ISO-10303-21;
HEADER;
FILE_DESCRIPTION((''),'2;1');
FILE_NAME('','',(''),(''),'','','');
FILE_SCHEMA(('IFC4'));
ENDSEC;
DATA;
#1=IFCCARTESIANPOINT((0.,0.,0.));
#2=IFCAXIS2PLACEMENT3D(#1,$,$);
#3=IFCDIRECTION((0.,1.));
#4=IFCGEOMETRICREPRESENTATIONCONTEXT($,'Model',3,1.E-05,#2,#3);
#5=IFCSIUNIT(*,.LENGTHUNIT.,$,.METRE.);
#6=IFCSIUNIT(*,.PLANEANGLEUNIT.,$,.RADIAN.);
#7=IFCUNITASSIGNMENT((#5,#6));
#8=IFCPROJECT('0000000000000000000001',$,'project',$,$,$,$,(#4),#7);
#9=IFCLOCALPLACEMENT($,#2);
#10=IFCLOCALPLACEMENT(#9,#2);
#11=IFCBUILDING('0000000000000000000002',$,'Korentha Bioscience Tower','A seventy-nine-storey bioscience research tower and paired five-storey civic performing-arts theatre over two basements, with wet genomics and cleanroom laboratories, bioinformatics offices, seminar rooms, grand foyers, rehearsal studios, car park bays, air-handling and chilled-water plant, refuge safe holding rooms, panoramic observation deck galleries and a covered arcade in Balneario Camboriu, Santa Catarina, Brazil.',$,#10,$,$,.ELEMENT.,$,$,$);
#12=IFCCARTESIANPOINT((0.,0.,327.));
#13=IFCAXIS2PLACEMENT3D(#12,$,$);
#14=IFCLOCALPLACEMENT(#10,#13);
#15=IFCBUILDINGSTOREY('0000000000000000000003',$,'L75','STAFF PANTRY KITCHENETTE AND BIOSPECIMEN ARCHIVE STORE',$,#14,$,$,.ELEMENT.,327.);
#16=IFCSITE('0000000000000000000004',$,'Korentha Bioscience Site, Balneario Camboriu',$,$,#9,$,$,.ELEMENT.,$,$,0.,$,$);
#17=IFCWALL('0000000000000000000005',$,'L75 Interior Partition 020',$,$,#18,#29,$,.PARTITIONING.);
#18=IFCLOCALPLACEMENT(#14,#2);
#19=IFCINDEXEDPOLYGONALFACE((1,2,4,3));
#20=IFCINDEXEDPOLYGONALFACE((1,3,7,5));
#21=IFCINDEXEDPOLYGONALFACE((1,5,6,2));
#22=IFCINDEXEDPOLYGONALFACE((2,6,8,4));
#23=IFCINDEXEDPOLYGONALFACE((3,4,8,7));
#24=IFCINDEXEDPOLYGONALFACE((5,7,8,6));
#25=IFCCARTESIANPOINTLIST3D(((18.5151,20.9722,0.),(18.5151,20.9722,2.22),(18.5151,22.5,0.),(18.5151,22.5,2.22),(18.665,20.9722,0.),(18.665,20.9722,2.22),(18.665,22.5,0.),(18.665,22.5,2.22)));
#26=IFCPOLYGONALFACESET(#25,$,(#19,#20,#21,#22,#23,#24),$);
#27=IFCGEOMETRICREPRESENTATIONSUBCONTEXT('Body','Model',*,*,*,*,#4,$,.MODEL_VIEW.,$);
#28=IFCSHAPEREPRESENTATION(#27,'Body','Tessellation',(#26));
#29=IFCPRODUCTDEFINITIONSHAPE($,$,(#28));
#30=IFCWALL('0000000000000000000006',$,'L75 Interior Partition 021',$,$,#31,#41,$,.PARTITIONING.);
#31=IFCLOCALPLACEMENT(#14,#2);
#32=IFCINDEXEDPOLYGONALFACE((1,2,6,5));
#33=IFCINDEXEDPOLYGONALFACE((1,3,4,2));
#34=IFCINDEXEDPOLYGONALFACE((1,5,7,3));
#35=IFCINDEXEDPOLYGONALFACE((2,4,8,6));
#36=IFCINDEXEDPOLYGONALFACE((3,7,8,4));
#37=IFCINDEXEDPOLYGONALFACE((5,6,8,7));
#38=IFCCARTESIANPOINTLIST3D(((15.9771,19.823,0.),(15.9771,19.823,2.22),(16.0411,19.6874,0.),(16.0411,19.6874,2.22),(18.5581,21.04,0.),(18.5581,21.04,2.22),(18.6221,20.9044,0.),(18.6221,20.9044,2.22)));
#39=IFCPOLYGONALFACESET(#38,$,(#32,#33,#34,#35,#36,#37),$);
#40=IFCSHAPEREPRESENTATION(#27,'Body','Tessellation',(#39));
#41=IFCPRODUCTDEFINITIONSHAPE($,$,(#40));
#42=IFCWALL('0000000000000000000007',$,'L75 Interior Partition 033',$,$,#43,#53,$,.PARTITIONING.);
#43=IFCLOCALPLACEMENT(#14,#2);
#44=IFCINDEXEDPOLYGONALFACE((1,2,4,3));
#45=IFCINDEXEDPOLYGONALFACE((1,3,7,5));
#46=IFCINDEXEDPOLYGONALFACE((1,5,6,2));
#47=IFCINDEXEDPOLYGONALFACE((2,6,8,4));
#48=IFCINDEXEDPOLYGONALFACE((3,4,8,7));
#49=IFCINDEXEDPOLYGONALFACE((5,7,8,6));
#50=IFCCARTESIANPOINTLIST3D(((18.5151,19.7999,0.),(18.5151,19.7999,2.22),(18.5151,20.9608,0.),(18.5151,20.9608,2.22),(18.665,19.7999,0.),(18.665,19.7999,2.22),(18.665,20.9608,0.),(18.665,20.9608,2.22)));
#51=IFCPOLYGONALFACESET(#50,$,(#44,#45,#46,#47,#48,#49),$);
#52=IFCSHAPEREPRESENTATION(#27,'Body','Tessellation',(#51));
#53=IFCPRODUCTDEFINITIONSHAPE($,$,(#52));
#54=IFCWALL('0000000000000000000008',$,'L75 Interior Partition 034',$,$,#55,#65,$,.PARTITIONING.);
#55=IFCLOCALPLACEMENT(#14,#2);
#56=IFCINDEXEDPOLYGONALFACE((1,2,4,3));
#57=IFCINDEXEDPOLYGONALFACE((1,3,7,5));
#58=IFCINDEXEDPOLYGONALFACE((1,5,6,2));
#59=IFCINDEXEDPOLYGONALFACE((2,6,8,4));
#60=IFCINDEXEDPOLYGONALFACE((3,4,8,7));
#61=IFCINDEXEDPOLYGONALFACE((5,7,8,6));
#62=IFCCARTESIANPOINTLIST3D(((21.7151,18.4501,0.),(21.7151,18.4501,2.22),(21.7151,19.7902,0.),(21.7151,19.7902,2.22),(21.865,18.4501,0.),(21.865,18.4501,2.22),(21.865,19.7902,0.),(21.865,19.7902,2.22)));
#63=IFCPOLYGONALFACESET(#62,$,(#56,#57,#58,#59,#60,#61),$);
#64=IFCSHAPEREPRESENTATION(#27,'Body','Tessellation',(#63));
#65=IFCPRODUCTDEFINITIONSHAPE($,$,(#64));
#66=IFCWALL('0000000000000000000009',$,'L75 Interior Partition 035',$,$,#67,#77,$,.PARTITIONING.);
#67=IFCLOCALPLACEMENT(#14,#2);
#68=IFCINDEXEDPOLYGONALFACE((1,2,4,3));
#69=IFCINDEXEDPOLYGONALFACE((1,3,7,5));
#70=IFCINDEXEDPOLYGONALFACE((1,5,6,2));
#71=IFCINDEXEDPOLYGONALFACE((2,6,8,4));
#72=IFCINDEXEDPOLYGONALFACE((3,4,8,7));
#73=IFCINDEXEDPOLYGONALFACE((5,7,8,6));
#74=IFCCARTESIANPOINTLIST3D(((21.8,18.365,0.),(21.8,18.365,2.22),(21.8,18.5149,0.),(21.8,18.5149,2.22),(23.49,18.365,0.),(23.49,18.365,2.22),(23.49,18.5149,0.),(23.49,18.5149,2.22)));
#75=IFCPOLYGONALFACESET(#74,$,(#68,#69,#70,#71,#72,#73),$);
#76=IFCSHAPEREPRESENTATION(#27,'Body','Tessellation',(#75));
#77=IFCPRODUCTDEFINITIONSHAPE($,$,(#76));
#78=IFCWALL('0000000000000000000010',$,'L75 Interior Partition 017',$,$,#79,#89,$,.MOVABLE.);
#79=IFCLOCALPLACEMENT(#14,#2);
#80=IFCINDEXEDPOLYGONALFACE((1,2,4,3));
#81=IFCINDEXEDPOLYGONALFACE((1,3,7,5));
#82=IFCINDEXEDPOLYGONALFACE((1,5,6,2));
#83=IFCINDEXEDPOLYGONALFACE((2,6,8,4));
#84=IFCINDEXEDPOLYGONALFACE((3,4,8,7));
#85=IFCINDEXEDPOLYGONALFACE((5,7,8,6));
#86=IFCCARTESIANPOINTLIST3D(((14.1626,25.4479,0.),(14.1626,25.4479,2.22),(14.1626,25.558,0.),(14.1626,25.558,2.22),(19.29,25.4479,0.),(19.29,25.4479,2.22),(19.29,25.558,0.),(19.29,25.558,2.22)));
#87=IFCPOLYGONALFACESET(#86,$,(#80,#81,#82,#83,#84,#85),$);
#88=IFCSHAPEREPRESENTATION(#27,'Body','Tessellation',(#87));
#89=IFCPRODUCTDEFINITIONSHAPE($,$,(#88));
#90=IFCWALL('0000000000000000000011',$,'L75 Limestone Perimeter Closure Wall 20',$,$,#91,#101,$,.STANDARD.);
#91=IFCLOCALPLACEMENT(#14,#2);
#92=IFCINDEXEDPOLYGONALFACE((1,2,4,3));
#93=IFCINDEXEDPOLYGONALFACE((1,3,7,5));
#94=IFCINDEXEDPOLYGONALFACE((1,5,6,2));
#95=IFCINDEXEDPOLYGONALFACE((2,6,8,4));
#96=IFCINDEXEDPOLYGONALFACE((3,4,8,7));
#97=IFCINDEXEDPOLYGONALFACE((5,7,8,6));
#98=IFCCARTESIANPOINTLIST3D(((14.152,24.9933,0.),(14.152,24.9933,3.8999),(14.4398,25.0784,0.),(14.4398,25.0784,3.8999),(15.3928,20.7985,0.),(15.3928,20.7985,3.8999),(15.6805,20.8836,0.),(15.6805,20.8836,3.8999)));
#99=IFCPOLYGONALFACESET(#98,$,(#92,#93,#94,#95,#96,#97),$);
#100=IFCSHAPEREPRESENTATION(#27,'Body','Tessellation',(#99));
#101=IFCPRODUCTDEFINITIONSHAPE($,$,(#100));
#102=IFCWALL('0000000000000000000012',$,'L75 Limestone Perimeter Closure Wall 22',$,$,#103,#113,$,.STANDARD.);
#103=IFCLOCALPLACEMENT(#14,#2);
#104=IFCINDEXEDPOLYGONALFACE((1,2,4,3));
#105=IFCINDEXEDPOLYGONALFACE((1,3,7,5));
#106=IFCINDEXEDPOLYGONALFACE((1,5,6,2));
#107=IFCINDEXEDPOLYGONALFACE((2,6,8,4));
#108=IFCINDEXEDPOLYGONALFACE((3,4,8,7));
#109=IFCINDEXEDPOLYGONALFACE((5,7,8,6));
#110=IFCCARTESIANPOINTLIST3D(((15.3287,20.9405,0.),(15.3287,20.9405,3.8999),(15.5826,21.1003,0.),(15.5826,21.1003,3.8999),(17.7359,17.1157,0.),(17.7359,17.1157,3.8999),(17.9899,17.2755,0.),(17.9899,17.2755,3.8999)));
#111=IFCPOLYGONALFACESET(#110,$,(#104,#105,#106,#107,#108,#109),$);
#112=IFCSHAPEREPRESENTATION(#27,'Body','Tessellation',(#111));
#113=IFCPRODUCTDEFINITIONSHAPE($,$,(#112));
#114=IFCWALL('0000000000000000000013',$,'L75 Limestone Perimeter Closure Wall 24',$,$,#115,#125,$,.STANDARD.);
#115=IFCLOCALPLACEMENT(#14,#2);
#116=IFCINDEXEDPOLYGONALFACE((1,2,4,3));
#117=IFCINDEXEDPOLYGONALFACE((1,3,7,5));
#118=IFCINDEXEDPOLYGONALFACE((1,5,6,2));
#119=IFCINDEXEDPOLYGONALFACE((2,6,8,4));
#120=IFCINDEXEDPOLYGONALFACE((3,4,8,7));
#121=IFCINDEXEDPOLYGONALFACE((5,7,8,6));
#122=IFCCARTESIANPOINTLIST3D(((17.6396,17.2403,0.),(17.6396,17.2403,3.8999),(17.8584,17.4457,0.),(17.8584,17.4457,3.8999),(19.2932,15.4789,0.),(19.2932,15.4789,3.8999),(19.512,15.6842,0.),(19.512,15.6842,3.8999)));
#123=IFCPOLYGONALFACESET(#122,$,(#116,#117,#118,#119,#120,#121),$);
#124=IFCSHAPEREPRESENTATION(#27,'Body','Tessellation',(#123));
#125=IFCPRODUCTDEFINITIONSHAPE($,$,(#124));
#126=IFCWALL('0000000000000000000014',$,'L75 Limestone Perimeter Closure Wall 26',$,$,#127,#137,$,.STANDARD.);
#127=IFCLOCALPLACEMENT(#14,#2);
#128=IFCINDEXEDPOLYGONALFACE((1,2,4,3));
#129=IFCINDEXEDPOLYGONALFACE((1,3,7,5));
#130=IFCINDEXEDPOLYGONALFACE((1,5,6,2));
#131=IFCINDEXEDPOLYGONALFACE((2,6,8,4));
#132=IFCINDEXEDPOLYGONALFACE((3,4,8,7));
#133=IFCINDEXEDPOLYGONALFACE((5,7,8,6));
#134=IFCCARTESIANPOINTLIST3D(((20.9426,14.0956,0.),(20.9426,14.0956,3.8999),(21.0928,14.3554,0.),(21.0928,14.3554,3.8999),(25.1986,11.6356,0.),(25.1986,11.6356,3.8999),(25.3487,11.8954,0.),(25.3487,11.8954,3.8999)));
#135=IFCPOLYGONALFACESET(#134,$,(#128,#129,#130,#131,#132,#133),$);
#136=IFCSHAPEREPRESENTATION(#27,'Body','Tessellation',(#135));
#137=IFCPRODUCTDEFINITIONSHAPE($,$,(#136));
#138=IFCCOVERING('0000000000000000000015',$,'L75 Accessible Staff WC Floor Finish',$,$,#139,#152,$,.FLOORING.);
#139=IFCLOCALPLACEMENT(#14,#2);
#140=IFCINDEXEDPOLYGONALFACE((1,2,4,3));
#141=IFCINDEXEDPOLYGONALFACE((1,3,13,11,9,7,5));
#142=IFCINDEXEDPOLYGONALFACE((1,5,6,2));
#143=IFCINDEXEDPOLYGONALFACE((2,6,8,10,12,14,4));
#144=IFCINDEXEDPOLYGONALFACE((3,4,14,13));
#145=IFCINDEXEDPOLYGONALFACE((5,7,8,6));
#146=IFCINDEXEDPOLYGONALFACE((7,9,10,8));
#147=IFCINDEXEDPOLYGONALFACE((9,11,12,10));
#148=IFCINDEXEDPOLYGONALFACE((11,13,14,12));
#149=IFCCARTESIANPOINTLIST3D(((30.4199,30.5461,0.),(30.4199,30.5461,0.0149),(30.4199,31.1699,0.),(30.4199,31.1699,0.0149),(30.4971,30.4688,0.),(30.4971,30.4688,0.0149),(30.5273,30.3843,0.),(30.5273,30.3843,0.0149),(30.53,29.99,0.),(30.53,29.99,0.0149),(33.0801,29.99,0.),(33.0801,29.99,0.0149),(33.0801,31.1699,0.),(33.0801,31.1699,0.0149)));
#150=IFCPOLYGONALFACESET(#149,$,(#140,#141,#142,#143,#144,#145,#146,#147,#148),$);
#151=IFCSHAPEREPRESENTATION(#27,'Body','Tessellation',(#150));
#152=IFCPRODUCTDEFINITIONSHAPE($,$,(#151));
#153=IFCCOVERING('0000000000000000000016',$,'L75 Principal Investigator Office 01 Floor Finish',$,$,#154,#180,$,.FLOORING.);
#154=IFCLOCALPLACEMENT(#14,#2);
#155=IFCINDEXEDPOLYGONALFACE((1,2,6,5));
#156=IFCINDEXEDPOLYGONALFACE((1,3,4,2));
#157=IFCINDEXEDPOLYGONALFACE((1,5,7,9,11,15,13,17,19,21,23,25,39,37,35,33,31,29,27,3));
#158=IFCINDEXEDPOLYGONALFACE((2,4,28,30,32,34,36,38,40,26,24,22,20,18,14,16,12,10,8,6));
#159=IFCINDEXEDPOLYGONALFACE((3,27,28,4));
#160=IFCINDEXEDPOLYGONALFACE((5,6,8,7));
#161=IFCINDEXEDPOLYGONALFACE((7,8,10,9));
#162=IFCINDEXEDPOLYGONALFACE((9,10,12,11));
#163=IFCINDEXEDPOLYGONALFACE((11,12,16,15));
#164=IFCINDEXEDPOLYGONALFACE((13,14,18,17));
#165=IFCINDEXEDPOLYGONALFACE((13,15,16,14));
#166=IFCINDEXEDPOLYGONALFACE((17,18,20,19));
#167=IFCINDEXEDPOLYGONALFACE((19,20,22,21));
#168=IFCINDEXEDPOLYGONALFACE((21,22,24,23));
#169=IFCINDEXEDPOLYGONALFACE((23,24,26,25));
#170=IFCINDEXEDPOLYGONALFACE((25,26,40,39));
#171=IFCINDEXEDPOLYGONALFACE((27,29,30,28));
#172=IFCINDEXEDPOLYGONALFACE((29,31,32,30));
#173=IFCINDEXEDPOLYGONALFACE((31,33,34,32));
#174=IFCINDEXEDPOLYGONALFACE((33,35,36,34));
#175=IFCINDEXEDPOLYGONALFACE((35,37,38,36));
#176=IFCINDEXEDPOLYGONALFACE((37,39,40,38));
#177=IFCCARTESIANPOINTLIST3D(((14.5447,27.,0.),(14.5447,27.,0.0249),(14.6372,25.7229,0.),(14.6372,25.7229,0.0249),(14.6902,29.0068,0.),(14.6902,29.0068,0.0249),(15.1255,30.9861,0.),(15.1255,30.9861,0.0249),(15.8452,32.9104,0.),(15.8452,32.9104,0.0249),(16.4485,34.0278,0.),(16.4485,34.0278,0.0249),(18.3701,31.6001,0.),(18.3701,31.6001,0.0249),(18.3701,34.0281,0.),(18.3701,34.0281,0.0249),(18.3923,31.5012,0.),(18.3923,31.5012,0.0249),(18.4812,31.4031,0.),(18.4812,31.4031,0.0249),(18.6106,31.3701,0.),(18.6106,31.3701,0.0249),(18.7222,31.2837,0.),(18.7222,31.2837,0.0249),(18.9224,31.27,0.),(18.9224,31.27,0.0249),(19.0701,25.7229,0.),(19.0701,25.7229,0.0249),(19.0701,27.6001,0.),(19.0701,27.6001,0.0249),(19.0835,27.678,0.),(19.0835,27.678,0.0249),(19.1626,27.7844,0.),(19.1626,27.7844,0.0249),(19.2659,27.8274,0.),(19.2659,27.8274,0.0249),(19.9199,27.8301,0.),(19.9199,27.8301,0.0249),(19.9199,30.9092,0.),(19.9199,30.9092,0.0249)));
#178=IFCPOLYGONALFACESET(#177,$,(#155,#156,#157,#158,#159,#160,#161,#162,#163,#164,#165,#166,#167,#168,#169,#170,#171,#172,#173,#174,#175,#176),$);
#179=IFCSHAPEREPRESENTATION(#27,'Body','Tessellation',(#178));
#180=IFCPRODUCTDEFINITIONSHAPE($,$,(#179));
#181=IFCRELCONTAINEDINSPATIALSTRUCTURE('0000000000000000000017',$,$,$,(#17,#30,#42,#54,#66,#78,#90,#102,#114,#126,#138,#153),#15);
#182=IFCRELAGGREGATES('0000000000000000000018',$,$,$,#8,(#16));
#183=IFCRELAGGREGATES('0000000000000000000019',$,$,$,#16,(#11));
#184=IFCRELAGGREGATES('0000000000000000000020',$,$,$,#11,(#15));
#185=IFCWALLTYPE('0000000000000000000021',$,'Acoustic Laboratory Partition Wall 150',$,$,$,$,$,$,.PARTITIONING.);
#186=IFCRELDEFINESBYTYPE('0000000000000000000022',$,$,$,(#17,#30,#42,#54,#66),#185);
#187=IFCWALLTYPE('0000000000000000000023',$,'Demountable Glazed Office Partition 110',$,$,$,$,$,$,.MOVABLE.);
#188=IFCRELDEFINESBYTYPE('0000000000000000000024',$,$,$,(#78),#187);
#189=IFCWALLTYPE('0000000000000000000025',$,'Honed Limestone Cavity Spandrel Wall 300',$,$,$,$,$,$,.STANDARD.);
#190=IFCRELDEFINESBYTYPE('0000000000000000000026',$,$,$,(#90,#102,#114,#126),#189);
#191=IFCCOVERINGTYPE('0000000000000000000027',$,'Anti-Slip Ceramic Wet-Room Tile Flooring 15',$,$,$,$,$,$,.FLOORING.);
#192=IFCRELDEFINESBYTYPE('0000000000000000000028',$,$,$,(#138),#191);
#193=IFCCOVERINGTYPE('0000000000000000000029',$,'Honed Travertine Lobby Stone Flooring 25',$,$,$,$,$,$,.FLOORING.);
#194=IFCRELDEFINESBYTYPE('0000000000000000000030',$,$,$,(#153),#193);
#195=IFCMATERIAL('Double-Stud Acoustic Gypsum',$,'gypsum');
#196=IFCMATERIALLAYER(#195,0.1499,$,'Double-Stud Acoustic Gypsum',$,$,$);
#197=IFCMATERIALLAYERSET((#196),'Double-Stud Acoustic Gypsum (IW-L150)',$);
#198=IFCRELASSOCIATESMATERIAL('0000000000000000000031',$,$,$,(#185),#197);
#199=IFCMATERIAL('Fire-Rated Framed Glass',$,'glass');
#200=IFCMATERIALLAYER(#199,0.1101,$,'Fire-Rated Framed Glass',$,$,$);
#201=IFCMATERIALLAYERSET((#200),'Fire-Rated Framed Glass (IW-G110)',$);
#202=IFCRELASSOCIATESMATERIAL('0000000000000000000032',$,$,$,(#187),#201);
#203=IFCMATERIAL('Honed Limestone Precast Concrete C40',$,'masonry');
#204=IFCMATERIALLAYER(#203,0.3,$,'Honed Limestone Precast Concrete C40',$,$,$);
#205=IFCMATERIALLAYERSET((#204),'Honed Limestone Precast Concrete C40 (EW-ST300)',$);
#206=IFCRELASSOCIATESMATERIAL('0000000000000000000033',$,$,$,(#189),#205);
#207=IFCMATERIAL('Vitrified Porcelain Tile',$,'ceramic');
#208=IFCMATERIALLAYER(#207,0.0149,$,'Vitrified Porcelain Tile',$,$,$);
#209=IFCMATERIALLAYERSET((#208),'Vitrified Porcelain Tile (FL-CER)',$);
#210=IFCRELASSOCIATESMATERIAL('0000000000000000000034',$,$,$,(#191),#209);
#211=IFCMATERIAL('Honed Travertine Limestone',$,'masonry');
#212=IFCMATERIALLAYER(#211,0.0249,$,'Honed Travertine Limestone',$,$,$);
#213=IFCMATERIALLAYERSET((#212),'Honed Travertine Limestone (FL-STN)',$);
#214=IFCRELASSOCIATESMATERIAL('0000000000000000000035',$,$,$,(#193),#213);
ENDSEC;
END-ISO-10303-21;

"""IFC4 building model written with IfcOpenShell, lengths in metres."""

from ifc_helpers import new_model, si_unit, direction, frame, frame_2d, origin, place, context, subcontext, project, spatial, polyline, rectangle, outline, extrude, material, layer, layer_set, type_object, element, save


model = new_model("IFC4")

# Units and contexts
model_context = context("Model", 3, precision=1e-05, world=origin(), true_north=direction((0.0, 1.0)))
body_context = subcontext(model_context, "Body", "Model", "MODEL_VIEW")
ifc_project = project(units=[si_unit("LENGTHUNIT", "METRE"), si_unit("PLANEANGLEUNIT", "RADIAN")], contexts=[model_context])

# Site, building, storey
site_placement = place(None, origin())
site = spatial("IfcSite", under=ifc_project, at=site_placement, Name="Korentha Bioscience Site, Balneario Camboriu", CompositionType="ELEMENT", RefElevation=0.0)
building_placement = place(site_placement, origin())
building = spatial("IfcBuilding", under=site, at=building_placement, Name="Korentha Bioscience Tower", Description="A seventy-nine-storey bioscience research tower and paired five-storey civic performing-arts theatre over two basements, with wet genomics and cleanroom laboratories, bioinformatics offices, seminar rooms, grand foyers, rehearsal studios, car park bays, air-handling and chilled-water plant, refuge safe holding rooms, panoramic observation deck galleries and a covered arcade in Balneario Camboriu, Santa Catarina, Brazil.", CompositionType="ELEMENT")
storey_placement = place(building_placement, frame((0.0, 0.0, 327.0)))
storey = spatial("IfcBuildingStorey", under=building, at=storey_placement, Name="L75", Description="STAFF PANTRY KITCHENETTE AND BIOSPECIMEN ARCHIVE STORE", CompositionType="ELEMENT", Elevation=327.0)

# Shared definitions
ifc_material_1 = material(Name="Double-Stud Acoustic Gypsum", Category="gypsum")
ifc_layer_1 = layer(ifc_material_1, 0.1499, Name="Double-Stud Acoustic Gypsum")
ifc_layer_set_1 = layer_set([ifc_layer_1], Name="Double-Stud Acoustic Gypsum (IW-L150)")
wall_type_1 = type_object("IfcWallType", Name="Acoustic Laboratory Partition Wall 150", PredefinedType="PARTITIONING", material=ifc_layer_set_1)

# Walls
wall_1_placement = place(storey_placement, frame((18.5901, 22.5, 0.0), z_axis=(0.0, 0.0, 1.0), x_axis=(0.0, -1.0, 0.0)))
element("IfcWall", 1, at=wall_1_placement, inside=storey, type_object=wall_type_1, Name="L75 Interior Partition 020", PredefinedType="PARTITIONING", context=body_context, shape_type="SweptSolid", body=[
    extrude(rectangle(XDim=1.5278, YDim=0.1499, at=frame_2d((0.7639, 0.0))), origin(), (0.0, 0.0, 1.0), 2.22),
])
wall_2_placement = place(storey_placement, frame((18.5901, 20.9722, 0.0), z_axis=(0.0, 0.0, 1.0), x_axis=(-0.904491, -0.426493, 0.0)))
element("IfcWall", 2, at=wall_2_placement, inside=storey, type_object=wall_type_1, Name="L75 Interior Partition 021", PredefinedType="PARTITIONING", context=body_context, shape_type="SweptSolid", body=[
    extrude(rectangle(XDim=2.8535, YDim=0.1499, at=frame_2d((1.4268, 0.0))), origin(), (0.0, 0.0, 1.0), 2.22),
])
wall_3_placement = place(storey_placement, frame((18.5901, 20.9609, 0.0), z_axis=(0.0, 0.0, 1.0), x_axis=(0.0, -1.0, 0.0)))
element("IfcWall", 3, at=wall_3_placement, inside=storey, type_object=wall_type_1, Name="L75 Interior Partition 033", PredefinedType="PARTITIONING", context=body_context, shape_type="SweptSolid", body=[
    extrude(rectangle(XDim=1.1609, YDim=0.1499, at=frame_2d((0.5806, 0.0))), origin(), (0.0, 0.0, 1.0), 2.22),
])
wall_4_placement = place(storey_placement, frame((21.79, 19.79, 0.0), z_axis=(0.0, 0.0, 1.0), x_axis=(0.0, -1.0, 0.0)))
element("IfcWall", 4, at=wall_4_placement, inside=storey, type_object=wall_type_1, Name="L75 Interior Partition 034", PredefinedType="PARTITIONING", context=body_context, shape_type="SweptSolid", body=[
    extrude(rectangle(XDim=1.3401, YDim=0.1499, at=frame_2d((0.6699, 0.0))), origin(), (0.0, 0.0, 1.0), 2.22),
])
wall_5_placement = place(storey_placement, frame((21.8, 18.4399, 0.0), z_axis=(0.0, 0.0, 1.0), x_axis=(1.0, 0.0, 0.0)))
element("IfcWall", 5, at=wall_5_placement, inside=storey, type_object=wall_type_1, Name="L75 Interior Partition 035", PredefinedType="PARTITIONING", context=body_context, shape_type="SweptSolid", body=[
    extrude(rectangle(XDim=1.6899, YDim=0.1499, at=frame_2d((0.845, 0.0))), origin(), (0.0, 0.0, 1.0), 2.22),
])
ifc_material_2 = material(Name="Fire-Rated Framed Glass", Category="glass")
ifc_layer_2 = layer(ifc_material_2, 0.1101, Name="Fire-Rated Framed Glass")
ifc_layer_set_2 = layer_set([ifc_layer_2], Name="Fire-Rated Framed Glass (IW-G110)")
wall_type_2 = type_object("IfcWallType", Name="Demountable Glazed Office Partition 110", PredefinedType="MOVABLE", material=ifc_layer_set_2)
wall_6_placement = place(storey_placement, frame((19.29, 25.5029, 0.0), z_axis=(0.0, 0.0, 1.0), x_axis=(-1.0, 0.0, 0.0)))
element("IfcWall", 6, at=wall_6_placement, inside=storey, type_object=wall_type_2, Name="L75 Interior Partition 017", PredefinedType="MOVABLE", context=body_context, shape_type="SweptSolid", body=[
    extrude(rectangle(XDim=5.1274, YDim=0.1101, at=frame_2d((2.5637, 0.0))), origin(), (0.0, 0.0, 1.0), 2.22),
])
ifc_material_3 = material(Name="Honed Limestone Precast Concrete C40", Category="masonry")
ifc_layer_3 = layer(ifc_material_3, 0.3, Name="Honed Limestone Precast Concrete C40")
ifc_layer_set_3 = layer_set([ifc_layer_3], Name="Honed Limestone Precast Concrete C40 (EW-ST300)")
wall_type_3 = type_object("IfcWallType", Name="Honed Limestone Cavity Spandrel Wall 300", PredefinedType="STANDARD", material=ifc_layer_set_3)
wall_7_placement = place(storey_placement, frame((14.2959, 25.0359, 0.0), z_axis=(0.0, 0.0, 1.0), x_axis=(0.283628, -0.958934, 0.0)))
element("IfcWall", 7, at=wall_7_placement, inside=storey, type_object=wall_type_3, Name="L75 Limestone Perimeter Closure Wall 20", PredefinedType="STANDARD", context=body_context, shape_type="SweptSolid", body=[
    extrude(rectangle(XDim=4.3745, YDim=0.3, at=frame_2d((2.1873, 0.0))), origin(), (0.0, 0.0, 1.0), 3.8999),
])
wall_8_placement = place(storey_placement, frame((15.4556, 21.0205, 0.0), z_axis=(0.0, 0.0, 1.0), x_axis=(0.532667, -0.846325, 0.0)))
element("IfcWall", 8, at=wall_8_placement, inside=storey, type_object=wall_type_3, Name="L75 Limestone Perimeter Closure Wall 22", PredefinedType="STANDARD", context=body_context, shape_type="SweptSolid", body=[
    extrude(rectangle(XDim=4.5193, YDim=0.3, at=frame_2d((2.2598, 0.0))), origin(), (0.0, 0.0, 1.0), 3.8999),
])
wall_9_placement = place(storey_placement, frame((17.749, 17.343, 0.0), z_axis=(0.0, 0.0, 1.0), x_axis=(0.684422, -0.729086, 0.0)))
element("IfcWall", 9, at=wall_9_placement, inside=storey, type_object=wall_type_3, Name="L75 Limestone Perimeter Closure Wall 24", PredefinedType="STANDARD", context=body_context, shape_type="SweptSolid", body=[
    extrude(rectangle(XDim=2.416, YDim=0.3, at=frame_2d((1.208, 0.0))), origin(), (0.0, 0.0, 1.0), 3.8999),
])
wall_10_placement = place(storey_placement, frame((21.0176, 14.2256, 0.0), z_axis=(0.0, 0.0, 1.0), x_axis=(0.865775, -0.500433, 0.0)))
element("IfcWall", 10, at=wall_10_placement, inside=storey, type_object=wall_type_3, Name="L75 Limestone Perimeter Closure Wall 26", PredefinedType="STANDARD", context=body_context, shape_type="SweptSolid", body=[
    extrude(rectangle(XDim=4.9158, YDim=0.3, at=frame_2d((2.458, 0.0))), origin(), (0.0, 0.0, 1.0), 3.8999),
])

# Coverings
ifc_material_4 = material(Name="Vitrified Porcelain Tile", Category="ceramic")
ifc_layer_4 = layer(ifc_material_4, 0.0149, Name="Vitrified Porcelain Tile")
ifc_layer_set_4 = layer_set([ifc_layer_4], Name="Vitrified Porcelain Tile (FL-CER)")
covering_type_1 = type_object("IfcCoveringType", Name="Anti-Slip Ceramic Wet-Room Tile Flooring 15", PredefinedType="FLOORING", material=ifc_layer_set_4)
covering_1_placement = place(storey_placement, origin())
element("IfcCovering", 11, at=covering_1_placement, inside=storey, type_object=covering_type_1, Name="L75 Accessible Staff WC Floor Finish", PredefinedType="FLOORING", context=body_context, shape_type="SweptSolid", body=[
    extrude(outline(polyline([(30.4199, 31.1699), (33.0801, 31.1699), (33.0801, 29.99), (30.53, 29.99), (30.5273, 30.3843), (30.4971, 30.4688), (30.4199, 30.5461), (30.4199, 31.1699)])), origin(), (0.0, 0.0, 1.0), 0.0149),
])
ifc_material_5 = material(Name="Honed Travertine Limestone", Category="masonry")
ifc_layer_5 = layer(ifc_material_5, 0.0249, Name="Honed Travertine Limestone")
ifc_layer_set_5 = layer_set([ifc_layer_5], Name="Honed Travertine Limestone (FL-STN)")
covering_type_2 = type_object("IfcCoveringType", Name="Honed Travertine Lobby Stone Flooring 25", PredefinedType="FLOORING", material=ifc_layer_set_5)
covering_2_placement = place(storey_placement, origin())
element("IfcCovering", 12, at=covering_2_placement, inside=storey, type_object=covering_type_2, Name="L75 Principal Investigator Office 01 Floor Finish", PredefinedType="FLOORING", context=body_context, shape_type="SweptSolid", body=[
    extrude(outline(polyline([(14.5447, 27.0), (14.6902, 29.0068), (15.1255, 30.9861), (15.8452, 32.9104), (16.4485, 34.0278), (18.3701, 34.0281), (18.3701, 31.6001), (18.3923, 31.5012), (18.4812, 31.4031), (18.6106, 31.3701), (18.7222, 31.2837), (18.9224, 31.27), (19.9199, 30.9092), (19.9199, 27.8301), (19.2659, 27.8274), (19.1626, 27.7844), (19.0835, 27.678), (19.0701, 27.6001), (19.0701, 25.7229), (14.6372, 25.7229), (14.5447, 27.0)])), origin(), (0.0, 0.0, 1.0), 0.0249),
])

save(model, "model.ifc")
